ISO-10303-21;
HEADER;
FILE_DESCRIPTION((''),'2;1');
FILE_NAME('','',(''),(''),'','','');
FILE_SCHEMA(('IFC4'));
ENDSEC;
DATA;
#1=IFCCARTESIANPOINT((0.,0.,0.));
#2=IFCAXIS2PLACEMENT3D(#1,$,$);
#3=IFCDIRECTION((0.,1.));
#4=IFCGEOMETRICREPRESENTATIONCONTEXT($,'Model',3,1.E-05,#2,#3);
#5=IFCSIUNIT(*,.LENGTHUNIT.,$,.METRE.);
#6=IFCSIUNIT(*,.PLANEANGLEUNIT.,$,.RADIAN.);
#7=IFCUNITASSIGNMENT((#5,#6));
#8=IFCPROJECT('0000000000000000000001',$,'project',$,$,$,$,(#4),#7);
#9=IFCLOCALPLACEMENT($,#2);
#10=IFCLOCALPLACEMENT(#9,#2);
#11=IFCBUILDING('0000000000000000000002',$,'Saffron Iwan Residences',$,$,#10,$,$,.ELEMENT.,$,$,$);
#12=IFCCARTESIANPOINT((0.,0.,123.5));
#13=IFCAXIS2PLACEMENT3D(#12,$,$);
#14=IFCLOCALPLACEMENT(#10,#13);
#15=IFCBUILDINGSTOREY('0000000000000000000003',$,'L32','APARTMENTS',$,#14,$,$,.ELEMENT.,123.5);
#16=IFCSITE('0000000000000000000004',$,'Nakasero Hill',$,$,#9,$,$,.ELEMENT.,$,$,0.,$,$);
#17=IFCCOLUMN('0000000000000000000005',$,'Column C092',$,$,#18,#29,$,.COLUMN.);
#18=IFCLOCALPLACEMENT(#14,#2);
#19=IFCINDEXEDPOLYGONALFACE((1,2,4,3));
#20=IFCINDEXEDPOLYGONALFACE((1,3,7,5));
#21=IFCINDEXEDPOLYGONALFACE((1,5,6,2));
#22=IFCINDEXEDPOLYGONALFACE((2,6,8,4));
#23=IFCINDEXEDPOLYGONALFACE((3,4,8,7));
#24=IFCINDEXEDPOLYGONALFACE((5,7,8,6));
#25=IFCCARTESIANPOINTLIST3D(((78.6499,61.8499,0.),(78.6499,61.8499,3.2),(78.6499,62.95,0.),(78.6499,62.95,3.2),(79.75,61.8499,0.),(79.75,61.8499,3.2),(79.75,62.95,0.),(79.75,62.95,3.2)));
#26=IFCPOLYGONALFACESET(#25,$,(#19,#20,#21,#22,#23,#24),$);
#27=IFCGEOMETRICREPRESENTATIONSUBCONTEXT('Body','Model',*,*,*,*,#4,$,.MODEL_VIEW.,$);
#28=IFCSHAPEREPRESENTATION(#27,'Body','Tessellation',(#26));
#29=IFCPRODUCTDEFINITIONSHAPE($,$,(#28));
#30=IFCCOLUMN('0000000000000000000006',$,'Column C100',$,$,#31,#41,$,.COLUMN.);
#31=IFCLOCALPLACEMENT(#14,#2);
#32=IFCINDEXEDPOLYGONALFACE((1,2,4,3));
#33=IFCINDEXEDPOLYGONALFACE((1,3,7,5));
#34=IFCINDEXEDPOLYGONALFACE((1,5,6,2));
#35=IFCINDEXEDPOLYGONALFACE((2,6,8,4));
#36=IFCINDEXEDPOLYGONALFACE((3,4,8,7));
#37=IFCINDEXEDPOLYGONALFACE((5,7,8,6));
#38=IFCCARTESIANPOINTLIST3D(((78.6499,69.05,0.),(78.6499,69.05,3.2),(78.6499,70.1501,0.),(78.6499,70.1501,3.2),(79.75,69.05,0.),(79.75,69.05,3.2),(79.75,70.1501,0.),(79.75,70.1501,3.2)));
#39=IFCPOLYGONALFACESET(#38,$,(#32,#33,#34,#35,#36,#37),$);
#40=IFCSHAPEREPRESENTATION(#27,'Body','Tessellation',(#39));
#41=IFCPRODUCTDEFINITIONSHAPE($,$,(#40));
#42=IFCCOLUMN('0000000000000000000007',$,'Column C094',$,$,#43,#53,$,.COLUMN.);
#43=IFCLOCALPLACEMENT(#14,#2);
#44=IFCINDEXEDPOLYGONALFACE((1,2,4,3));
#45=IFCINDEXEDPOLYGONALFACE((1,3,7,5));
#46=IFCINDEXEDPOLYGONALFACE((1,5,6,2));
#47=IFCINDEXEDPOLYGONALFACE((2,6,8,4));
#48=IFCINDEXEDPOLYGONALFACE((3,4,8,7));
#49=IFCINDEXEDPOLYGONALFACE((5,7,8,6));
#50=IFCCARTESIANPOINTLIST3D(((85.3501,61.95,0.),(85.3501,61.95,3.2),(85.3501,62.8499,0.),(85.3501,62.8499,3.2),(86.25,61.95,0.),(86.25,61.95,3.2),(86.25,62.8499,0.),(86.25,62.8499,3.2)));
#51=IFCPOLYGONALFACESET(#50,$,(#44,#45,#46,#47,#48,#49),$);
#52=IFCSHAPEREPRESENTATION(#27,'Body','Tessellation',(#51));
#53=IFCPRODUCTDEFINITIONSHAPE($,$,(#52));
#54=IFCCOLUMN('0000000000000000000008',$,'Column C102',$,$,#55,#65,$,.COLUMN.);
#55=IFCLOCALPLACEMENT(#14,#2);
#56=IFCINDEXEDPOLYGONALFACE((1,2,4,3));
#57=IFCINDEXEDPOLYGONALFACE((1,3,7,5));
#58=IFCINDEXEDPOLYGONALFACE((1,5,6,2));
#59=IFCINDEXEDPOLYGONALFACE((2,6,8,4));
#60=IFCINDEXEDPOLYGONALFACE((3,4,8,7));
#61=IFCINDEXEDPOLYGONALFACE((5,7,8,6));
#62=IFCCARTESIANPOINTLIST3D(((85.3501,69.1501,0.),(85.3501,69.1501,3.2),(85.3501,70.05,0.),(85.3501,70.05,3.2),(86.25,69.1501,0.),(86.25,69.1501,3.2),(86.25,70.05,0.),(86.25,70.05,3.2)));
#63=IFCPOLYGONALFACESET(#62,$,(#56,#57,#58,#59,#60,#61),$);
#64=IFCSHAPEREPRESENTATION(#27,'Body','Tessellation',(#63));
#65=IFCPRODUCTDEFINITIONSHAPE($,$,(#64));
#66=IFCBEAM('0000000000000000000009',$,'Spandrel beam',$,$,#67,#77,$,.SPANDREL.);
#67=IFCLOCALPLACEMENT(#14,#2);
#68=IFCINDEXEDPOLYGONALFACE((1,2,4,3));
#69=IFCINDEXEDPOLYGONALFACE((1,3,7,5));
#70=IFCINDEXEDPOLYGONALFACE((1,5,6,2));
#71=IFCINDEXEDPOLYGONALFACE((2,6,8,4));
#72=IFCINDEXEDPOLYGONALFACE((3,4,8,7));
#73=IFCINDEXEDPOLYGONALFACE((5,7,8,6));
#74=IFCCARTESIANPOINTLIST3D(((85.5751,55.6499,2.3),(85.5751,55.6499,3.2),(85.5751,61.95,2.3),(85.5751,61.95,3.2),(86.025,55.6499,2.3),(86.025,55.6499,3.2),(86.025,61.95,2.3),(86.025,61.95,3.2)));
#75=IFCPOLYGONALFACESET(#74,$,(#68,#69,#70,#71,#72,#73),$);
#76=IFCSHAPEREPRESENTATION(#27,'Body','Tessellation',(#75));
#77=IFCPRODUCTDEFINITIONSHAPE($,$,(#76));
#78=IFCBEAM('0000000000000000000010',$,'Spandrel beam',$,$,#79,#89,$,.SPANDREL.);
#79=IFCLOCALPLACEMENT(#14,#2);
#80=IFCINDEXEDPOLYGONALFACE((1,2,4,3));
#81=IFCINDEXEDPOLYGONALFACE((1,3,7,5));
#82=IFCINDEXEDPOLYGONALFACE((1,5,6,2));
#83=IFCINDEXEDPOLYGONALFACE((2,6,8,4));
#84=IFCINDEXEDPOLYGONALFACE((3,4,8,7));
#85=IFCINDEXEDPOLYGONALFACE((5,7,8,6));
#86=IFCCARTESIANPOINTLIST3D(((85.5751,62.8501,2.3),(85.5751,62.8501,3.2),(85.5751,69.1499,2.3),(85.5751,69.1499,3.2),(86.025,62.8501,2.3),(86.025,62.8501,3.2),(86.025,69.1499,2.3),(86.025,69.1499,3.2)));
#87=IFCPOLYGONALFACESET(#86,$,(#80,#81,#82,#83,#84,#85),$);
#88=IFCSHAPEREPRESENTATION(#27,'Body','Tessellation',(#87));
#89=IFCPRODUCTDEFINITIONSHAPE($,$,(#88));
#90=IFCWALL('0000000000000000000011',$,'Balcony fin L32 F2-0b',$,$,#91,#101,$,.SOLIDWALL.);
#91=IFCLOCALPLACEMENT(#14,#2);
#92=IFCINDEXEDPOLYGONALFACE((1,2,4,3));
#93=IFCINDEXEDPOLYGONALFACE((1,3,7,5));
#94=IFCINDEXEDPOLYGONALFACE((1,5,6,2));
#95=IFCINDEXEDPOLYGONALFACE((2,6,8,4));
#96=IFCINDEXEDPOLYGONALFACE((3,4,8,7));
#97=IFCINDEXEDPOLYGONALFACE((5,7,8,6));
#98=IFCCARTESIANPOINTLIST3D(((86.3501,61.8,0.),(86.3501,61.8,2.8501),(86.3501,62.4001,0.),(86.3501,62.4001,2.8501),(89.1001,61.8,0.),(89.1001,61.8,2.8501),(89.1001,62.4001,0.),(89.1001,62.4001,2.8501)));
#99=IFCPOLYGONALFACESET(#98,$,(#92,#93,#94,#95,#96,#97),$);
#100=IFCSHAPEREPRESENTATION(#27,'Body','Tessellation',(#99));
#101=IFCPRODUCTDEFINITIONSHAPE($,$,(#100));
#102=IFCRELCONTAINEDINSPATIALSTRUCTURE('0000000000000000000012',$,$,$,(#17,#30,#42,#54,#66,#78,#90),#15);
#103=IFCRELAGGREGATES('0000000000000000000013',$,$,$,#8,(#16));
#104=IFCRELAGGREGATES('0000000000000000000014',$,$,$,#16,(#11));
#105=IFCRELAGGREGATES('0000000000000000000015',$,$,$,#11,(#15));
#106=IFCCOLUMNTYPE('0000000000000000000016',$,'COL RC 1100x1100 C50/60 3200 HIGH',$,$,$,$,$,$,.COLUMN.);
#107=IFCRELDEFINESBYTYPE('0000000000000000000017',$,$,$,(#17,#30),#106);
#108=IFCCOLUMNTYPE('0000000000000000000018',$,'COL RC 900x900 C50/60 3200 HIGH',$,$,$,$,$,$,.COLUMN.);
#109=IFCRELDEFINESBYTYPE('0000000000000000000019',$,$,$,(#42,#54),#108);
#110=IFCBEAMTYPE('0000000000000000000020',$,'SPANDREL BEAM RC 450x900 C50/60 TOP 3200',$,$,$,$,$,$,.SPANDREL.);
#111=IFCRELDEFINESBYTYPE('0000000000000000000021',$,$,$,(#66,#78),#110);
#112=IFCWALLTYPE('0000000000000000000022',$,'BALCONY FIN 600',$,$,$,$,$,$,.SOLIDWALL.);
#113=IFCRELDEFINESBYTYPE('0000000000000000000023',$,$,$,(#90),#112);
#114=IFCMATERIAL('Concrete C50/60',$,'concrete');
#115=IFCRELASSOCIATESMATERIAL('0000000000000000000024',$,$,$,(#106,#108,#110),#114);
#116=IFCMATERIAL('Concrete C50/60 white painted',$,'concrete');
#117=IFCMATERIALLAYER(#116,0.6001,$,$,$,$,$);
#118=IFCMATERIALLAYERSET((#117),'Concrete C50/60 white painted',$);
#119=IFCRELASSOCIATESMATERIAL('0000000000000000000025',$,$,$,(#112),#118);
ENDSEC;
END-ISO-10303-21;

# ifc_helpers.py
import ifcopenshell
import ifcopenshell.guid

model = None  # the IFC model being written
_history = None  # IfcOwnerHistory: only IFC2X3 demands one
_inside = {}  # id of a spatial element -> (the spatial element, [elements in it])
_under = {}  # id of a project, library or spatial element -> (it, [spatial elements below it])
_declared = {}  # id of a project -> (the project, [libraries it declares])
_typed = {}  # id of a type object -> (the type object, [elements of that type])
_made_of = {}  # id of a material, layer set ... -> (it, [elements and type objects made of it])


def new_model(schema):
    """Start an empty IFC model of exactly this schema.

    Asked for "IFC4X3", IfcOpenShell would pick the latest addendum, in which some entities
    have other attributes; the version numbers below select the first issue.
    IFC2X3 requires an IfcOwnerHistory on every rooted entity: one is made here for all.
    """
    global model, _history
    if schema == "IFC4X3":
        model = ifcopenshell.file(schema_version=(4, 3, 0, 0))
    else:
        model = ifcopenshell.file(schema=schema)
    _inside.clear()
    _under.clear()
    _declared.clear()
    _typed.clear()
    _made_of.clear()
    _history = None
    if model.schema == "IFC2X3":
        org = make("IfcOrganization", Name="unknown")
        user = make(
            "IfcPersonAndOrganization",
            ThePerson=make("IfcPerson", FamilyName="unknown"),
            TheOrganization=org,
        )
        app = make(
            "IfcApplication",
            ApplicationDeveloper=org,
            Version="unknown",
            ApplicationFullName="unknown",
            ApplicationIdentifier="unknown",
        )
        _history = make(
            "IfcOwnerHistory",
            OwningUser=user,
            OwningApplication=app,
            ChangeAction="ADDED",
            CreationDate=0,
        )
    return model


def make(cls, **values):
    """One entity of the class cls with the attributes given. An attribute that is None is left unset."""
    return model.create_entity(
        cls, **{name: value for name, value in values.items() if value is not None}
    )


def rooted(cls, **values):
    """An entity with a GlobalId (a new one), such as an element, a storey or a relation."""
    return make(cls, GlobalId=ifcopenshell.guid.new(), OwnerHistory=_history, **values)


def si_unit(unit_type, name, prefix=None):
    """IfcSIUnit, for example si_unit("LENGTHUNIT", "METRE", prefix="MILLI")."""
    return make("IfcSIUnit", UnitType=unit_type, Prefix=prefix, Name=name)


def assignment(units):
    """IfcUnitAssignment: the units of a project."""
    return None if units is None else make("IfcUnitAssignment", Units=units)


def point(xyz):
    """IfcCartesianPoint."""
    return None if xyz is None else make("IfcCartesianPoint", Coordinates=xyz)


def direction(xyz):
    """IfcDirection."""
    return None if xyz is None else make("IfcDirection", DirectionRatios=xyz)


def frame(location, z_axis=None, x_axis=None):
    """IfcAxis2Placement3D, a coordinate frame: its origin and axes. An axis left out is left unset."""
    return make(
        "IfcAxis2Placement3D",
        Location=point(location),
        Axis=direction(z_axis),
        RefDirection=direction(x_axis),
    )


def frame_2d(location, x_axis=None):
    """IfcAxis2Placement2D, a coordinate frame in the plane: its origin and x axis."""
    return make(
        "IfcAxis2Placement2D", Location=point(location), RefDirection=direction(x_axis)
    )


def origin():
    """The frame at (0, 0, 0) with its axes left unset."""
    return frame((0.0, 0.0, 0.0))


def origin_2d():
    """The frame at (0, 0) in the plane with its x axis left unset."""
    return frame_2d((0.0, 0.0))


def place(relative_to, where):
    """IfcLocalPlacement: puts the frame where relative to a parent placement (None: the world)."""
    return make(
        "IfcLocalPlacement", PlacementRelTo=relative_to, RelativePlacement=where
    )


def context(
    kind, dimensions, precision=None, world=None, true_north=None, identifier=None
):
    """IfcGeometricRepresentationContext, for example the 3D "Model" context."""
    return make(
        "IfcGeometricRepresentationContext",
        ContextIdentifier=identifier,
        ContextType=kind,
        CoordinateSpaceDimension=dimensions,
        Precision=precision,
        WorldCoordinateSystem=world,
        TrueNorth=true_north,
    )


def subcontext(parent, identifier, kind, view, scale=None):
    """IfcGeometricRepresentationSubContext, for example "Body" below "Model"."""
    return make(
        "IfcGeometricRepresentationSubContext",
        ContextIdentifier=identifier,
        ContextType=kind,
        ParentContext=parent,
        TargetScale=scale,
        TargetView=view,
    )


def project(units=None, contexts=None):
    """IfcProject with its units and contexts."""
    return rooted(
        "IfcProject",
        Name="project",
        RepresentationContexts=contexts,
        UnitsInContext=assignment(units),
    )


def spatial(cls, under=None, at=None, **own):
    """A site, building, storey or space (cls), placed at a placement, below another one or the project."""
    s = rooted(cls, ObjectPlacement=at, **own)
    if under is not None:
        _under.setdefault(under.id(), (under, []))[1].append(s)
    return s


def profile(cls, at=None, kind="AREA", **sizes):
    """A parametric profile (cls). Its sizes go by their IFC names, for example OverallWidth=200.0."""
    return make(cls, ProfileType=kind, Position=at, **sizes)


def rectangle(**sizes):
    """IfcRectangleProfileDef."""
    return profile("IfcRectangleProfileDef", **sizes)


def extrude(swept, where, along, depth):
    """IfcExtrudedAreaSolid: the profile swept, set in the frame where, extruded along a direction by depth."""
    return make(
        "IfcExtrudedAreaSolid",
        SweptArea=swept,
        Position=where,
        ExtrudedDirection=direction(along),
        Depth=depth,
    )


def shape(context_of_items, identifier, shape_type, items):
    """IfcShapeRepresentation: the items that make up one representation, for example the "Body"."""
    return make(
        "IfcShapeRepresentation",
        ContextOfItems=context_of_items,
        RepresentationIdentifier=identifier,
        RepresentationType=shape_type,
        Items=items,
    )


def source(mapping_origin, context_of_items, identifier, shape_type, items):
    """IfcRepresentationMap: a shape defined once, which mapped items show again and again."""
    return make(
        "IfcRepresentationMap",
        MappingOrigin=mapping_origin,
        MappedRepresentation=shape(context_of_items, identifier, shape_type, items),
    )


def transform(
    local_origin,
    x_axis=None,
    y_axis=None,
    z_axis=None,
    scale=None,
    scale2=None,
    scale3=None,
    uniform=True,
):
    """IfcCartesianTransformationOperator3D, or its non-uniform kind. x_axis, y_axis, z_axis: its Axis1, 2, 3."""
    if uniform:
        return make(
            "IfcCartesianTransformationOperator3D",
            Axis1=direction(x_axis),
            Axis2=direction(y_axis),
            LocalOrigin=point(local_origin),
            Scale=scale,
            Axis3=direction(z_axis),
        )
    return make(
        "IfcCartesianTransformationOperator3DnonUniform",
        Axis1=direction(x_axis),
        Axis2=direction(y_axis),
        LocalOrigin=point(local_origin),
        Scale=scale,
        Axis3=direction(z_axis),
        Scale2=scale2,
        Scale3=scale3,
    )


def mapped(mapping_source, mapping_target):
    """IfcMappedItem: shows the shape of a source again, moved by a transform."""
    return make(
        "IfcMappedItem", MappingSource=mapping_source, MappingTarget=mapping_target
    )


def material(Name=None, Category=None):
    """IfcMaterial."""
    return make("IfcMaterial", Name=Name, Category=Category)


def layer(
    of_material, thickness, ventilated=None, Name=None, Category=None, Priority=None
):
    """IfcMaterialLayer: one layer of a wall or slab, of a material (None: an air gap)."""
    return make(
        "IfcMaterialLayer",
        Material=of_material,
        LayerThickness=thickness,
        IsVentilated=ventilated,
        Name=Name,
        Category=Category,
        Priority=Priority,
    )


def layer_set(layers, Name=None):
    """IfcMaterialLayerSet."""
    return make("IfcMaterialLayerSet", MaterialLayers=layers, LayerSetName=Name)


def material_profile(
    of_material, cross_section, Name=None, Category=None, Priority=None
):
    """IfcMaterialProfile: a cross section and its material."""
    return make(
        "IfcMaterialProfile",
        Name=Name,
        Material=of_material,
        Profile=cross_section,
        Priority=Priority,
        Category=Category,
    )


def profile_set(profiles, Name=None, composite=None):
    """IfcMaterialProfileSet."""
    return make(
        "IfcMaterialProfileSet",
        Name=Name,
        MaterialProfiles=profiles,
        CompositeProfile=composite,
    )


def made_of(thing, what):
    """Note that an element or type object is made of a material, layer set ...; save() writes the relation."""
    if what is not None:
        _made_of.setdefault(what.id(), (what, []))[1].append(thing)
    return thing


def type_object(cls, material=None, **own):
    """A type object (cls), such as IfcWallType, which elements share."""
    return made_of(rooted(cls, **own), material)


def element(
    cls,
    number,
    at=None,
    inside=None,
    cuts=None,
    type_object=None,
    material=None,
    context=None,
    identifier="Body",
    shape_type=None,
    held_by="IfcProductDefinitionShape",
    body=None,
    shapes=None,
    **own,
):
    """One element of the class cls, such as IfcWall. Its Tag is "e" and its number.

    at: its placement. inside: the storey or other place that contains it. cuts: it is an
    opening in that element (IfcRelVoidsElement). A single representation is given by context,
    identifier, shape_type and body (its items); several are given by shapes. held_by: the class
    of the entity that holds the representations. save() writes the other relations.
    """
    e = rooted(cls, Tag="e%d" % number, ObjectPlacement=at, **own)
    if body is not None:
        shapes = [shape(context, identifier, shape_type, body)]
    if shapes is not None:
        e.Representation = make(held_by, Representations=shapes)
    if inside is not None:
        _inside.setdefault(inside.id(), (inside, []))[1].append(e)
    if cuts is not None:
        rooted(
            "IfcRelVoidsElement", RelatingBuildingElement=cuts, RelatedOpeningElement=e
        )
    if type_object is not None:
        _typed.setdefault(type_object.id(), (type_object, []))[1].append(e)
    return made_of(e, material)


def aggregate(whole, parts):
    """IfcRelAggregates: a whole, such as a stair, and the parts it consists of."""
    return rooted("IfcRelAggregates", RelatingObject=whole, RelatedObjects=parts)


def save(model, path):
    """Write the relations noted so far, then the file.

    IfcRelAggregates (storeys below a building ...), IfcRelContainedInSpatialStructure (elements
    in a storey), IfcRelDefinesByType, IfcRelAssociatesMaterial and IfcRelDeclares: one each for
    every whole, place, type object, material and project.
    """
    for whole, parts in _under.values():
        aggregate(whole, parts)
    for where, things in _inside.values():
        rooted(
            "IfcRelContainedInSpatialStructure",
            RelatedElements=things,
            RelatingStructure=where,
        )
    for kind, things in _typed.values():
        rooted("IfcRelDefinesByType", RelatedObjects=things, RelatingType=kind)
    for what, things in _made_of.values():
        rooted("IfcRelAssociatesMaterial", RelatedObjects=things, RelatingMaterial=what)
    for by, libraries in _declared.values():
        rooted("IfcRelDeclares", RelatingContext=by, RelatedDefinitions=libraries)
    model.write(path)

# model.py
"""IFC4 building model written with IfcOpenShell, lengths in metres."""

from ifc_helpers import new_model, si_unit, direction, frame, frame_2d, origin, origin_2d, place, context, subcontext, project, spatial, rectangle, extrude, source, transform, mapped, material, layer, layer_set, material_profile, profile_set, type_object, element, save


model = new_model("IFC4")

# Units and contexts
model_context = context("Model", 3, precision=1e-05, world=origin(), true_north=direction((0.0, 1.0)))
body_context = subcontext(model_context, "Body", "Model", "MODEL_VIEW")
ifc_project = project(units=[si_unit("LENGTHUNIT", "METRE"), si_unit("PLANEANGLEUNIT", "RADIAN")], contexts=[model_context])

# Site, building, storey
site_placement = place(None, origin())
site = spatial("IfcSite", under=ifc_project, at=site_placement, Name="Nakasero Hill", CompositionType="ELEMENT", RefElevation=0.0)
building_placement = place(site_placement, origin())
building = spatial("IfcBuilding", under=site, at=building_placement, Name="Saffron Iwan Residences", CompositionType="ELEMENT")
storey_placement = place(building_placement, frame((0.0, 0.0, 123.5)))
storey = spatial("IfcBuildingStorey", under=building, at=storey_placement, Name="L32", Description="APARTMENTS", CompositionType="ELEMENT", Elevation=123.5)

# Columns
ifc_material_1 = material(Name="Concrete C50/60", Category="concrete")
ifc_material_profile_1 = material_profile(ifc_material_1, rectangle(XDim=1.1001, YDim=1.1001, at=origin_2d()), Name="RC 1100x1100")
ifc_profile_set_1 = profile_set([ifc_material_profile_1], Name="Concrete C50/60")
column_type_1 = type_object("IfcColumnType", Name="COL RC 1100x1100 C50/60 3200 HIGH", PredefinedType="COLUMN", material=ifc_profile_set_1)
shared_shape_1 = source(origin(), body_context, "Body", "SweptSolid", [
    extrude(rectangle(XDim=1.1001, YDim=1.1001, at=origin_2d()), origin(), (0.0, 0.0, 1.0), 3.2),
])
for number, where, z_axis, x_axis, name in (
    (1, (79.2, 62.3999, 0.0), (0.0, 0.0, 1.0), (1.0, 0.0, 0.0), "Column C092"),
    (2, (79.2, 69.6001, 0.0), (0.0, 0.0, 1.0), (1.0, 0.0, 0.0), "Column C100"),
):
    element("IfcColumn", number, at=place(storey_placement, frame(where, z_axis=z_axis, x_axis=x_axis)), inside=storey, type_object=column_type_1, Name=name, PredefinedType="COLUMN", context=body_context, shape_type="MappedRepresentation", body=[
        mapped(shared_shape_1, transform((0.0, 0.0, 0.0))),
    ])
ifc_material_profile_2 = material_profile(ifc_material_1, rectangle(XDim=0.8999, YDim=0.8999, at=origin_2d()), Name="RC 900x900")
ifc_profile_set_2 = profile_set([ifc_material_profile_2], Name="Concrete C50/60")
column_type_2 = type_object("IfcColumnType", Name="COL RC 900x900 C50/60 3200 HIGH", PredefinedType="COLUMN", material=ifc_profile_set_2)
shared_shape_2 = source(origin(), body_context, "Body", "SweptSolid", [
    extrude(rectangle(XDim=0.8999, YDim=0.8999, at=origin_2d()), origin(), (0.0, 0.0, 1.0), 3.2),
])
for number, where, z_axis, x_axis, name in (
    (3, (85.8, 62.3999, 0.0), (0.0, 0.0, 1.0), (1.0, 0.0, 0.0), "Column C094"),
    (4, (85.8, 69.6001, 0.0), (0.0, 0.0, 1.0), (1.0, 0.0, 0.0), "Column C102"),
):
    element("IfcColumn", number, at=place(storey_placement, frame(where, z_axis=z_axis, x_axis=x_axis)), inside=storey, type_object=column_type_2, Name=name, PredefinedType="COLUMN", context=body_context, shape_type="MappedRepresentation", body=[
        mapped(shared_shape_2, transform((0.0, 0.0, 0.0))),
    ])

# Beams
ifc_material_profile_3 = material_profile(ifc_material_1, rectangle(XDim=0.45, YDim=0.8999, at=origin_2d()), Name="RC 450x900")
ifc_profile_set_3 = profile_set([ifc_material_profile_3], Name="Concrete C50/60")
beam_type = type_object("IfcBeamType", Name="SPANDREL BEAM RC 450x900 C50/60 TOP 3200", PredefinedType="SPANDREL", material=ifc_profile_set_3)
shared_shape_3 = source(origin(), body_context, "Body", "SweptSolid", [
    extrude(rectangle(XDim=0.45, YDim=0.8999, at=origin_2d()), origin(), (0.0, 0.0, 1.0), 6.3),
])
beam_1_placement = place(storey_placement, frame((85.8, 61.95, 2.75), z_axis=(0.0, -1.0, 0.0), x_axis=(1.0, 0.0, 0.0)))
element("IfcBeam", 5, at=beam_1_placement, inside=storey, type_object=beam_type, Name="Spandrel beam", PredefinedType="SPANDREL", context=body_context, shape_type="MappedRepresentation", body=[
    mapped(shared_shape_3, transform((0.0, 0.0, 0.0))),
])
shared_shape_4 = source(origin(), body_context, "Body", "SweptSolid", [
    extrude(rectangle(XDim=0.45, YDim=0.8999, at=origin_2d()), origin(), (0.0, 0.0, 1.0), 6.2998),
])
beam_2_placement = place(storey_placement, frame((85.8, 69.1499, 2.75), z_axis=(0.0, -1.0, 0.0), x_axis=(1.0, 0.0, 0.0)))
element("IfcBeam", 6, at=beam_2_placement, inside=storey, type_object=beam_type, Name="Spandrel beam", PredefinedType="SPANDREL", context=body_context, shape_type="MappedRepresentation", body=[
    mapped(shared_shape_4, transform((0.0, 0.0, 0.0))),
])

# Wall
ifc_material_2 = material(Name="Concrete C50/60 white painted", Category="concrete")
ifc_layer_1 = layer(ifc_material_2, 0.6001)
ifc_layer_set_1 = layer_set([ifc_layer_1], Name="Concrete C50/60 white painted")
wall_type_1 = type_object("IfcWallType", Name="BALCONY FIN 600", PredefinedType="SOLIDWALL", material=ifc_layer_set_1)
wall_1_placement = place(storey_placement, frame((86.3501, 62.1001, 0.0), z_axis=(0.0, 0.0, 1.0), x_axis=(1.0, 0.0, 0.0)))
element("IfcWall", 7, at=wall_1_placement, inside=storey, type_object=wall_type_1, Name="Balcony fin L32 F2-0b", PredefinedType="SOLIDWALL", context=body_context, shape_type="SweptSolid", body=[
    extrude(rectangle(XDim=2.75, YDim=0.6001, at=frame_2d((1.375, 0.0))), origin(), (0.0, 0.0, 1.0), 2.8501),
])

save(model, "model.ifc")
